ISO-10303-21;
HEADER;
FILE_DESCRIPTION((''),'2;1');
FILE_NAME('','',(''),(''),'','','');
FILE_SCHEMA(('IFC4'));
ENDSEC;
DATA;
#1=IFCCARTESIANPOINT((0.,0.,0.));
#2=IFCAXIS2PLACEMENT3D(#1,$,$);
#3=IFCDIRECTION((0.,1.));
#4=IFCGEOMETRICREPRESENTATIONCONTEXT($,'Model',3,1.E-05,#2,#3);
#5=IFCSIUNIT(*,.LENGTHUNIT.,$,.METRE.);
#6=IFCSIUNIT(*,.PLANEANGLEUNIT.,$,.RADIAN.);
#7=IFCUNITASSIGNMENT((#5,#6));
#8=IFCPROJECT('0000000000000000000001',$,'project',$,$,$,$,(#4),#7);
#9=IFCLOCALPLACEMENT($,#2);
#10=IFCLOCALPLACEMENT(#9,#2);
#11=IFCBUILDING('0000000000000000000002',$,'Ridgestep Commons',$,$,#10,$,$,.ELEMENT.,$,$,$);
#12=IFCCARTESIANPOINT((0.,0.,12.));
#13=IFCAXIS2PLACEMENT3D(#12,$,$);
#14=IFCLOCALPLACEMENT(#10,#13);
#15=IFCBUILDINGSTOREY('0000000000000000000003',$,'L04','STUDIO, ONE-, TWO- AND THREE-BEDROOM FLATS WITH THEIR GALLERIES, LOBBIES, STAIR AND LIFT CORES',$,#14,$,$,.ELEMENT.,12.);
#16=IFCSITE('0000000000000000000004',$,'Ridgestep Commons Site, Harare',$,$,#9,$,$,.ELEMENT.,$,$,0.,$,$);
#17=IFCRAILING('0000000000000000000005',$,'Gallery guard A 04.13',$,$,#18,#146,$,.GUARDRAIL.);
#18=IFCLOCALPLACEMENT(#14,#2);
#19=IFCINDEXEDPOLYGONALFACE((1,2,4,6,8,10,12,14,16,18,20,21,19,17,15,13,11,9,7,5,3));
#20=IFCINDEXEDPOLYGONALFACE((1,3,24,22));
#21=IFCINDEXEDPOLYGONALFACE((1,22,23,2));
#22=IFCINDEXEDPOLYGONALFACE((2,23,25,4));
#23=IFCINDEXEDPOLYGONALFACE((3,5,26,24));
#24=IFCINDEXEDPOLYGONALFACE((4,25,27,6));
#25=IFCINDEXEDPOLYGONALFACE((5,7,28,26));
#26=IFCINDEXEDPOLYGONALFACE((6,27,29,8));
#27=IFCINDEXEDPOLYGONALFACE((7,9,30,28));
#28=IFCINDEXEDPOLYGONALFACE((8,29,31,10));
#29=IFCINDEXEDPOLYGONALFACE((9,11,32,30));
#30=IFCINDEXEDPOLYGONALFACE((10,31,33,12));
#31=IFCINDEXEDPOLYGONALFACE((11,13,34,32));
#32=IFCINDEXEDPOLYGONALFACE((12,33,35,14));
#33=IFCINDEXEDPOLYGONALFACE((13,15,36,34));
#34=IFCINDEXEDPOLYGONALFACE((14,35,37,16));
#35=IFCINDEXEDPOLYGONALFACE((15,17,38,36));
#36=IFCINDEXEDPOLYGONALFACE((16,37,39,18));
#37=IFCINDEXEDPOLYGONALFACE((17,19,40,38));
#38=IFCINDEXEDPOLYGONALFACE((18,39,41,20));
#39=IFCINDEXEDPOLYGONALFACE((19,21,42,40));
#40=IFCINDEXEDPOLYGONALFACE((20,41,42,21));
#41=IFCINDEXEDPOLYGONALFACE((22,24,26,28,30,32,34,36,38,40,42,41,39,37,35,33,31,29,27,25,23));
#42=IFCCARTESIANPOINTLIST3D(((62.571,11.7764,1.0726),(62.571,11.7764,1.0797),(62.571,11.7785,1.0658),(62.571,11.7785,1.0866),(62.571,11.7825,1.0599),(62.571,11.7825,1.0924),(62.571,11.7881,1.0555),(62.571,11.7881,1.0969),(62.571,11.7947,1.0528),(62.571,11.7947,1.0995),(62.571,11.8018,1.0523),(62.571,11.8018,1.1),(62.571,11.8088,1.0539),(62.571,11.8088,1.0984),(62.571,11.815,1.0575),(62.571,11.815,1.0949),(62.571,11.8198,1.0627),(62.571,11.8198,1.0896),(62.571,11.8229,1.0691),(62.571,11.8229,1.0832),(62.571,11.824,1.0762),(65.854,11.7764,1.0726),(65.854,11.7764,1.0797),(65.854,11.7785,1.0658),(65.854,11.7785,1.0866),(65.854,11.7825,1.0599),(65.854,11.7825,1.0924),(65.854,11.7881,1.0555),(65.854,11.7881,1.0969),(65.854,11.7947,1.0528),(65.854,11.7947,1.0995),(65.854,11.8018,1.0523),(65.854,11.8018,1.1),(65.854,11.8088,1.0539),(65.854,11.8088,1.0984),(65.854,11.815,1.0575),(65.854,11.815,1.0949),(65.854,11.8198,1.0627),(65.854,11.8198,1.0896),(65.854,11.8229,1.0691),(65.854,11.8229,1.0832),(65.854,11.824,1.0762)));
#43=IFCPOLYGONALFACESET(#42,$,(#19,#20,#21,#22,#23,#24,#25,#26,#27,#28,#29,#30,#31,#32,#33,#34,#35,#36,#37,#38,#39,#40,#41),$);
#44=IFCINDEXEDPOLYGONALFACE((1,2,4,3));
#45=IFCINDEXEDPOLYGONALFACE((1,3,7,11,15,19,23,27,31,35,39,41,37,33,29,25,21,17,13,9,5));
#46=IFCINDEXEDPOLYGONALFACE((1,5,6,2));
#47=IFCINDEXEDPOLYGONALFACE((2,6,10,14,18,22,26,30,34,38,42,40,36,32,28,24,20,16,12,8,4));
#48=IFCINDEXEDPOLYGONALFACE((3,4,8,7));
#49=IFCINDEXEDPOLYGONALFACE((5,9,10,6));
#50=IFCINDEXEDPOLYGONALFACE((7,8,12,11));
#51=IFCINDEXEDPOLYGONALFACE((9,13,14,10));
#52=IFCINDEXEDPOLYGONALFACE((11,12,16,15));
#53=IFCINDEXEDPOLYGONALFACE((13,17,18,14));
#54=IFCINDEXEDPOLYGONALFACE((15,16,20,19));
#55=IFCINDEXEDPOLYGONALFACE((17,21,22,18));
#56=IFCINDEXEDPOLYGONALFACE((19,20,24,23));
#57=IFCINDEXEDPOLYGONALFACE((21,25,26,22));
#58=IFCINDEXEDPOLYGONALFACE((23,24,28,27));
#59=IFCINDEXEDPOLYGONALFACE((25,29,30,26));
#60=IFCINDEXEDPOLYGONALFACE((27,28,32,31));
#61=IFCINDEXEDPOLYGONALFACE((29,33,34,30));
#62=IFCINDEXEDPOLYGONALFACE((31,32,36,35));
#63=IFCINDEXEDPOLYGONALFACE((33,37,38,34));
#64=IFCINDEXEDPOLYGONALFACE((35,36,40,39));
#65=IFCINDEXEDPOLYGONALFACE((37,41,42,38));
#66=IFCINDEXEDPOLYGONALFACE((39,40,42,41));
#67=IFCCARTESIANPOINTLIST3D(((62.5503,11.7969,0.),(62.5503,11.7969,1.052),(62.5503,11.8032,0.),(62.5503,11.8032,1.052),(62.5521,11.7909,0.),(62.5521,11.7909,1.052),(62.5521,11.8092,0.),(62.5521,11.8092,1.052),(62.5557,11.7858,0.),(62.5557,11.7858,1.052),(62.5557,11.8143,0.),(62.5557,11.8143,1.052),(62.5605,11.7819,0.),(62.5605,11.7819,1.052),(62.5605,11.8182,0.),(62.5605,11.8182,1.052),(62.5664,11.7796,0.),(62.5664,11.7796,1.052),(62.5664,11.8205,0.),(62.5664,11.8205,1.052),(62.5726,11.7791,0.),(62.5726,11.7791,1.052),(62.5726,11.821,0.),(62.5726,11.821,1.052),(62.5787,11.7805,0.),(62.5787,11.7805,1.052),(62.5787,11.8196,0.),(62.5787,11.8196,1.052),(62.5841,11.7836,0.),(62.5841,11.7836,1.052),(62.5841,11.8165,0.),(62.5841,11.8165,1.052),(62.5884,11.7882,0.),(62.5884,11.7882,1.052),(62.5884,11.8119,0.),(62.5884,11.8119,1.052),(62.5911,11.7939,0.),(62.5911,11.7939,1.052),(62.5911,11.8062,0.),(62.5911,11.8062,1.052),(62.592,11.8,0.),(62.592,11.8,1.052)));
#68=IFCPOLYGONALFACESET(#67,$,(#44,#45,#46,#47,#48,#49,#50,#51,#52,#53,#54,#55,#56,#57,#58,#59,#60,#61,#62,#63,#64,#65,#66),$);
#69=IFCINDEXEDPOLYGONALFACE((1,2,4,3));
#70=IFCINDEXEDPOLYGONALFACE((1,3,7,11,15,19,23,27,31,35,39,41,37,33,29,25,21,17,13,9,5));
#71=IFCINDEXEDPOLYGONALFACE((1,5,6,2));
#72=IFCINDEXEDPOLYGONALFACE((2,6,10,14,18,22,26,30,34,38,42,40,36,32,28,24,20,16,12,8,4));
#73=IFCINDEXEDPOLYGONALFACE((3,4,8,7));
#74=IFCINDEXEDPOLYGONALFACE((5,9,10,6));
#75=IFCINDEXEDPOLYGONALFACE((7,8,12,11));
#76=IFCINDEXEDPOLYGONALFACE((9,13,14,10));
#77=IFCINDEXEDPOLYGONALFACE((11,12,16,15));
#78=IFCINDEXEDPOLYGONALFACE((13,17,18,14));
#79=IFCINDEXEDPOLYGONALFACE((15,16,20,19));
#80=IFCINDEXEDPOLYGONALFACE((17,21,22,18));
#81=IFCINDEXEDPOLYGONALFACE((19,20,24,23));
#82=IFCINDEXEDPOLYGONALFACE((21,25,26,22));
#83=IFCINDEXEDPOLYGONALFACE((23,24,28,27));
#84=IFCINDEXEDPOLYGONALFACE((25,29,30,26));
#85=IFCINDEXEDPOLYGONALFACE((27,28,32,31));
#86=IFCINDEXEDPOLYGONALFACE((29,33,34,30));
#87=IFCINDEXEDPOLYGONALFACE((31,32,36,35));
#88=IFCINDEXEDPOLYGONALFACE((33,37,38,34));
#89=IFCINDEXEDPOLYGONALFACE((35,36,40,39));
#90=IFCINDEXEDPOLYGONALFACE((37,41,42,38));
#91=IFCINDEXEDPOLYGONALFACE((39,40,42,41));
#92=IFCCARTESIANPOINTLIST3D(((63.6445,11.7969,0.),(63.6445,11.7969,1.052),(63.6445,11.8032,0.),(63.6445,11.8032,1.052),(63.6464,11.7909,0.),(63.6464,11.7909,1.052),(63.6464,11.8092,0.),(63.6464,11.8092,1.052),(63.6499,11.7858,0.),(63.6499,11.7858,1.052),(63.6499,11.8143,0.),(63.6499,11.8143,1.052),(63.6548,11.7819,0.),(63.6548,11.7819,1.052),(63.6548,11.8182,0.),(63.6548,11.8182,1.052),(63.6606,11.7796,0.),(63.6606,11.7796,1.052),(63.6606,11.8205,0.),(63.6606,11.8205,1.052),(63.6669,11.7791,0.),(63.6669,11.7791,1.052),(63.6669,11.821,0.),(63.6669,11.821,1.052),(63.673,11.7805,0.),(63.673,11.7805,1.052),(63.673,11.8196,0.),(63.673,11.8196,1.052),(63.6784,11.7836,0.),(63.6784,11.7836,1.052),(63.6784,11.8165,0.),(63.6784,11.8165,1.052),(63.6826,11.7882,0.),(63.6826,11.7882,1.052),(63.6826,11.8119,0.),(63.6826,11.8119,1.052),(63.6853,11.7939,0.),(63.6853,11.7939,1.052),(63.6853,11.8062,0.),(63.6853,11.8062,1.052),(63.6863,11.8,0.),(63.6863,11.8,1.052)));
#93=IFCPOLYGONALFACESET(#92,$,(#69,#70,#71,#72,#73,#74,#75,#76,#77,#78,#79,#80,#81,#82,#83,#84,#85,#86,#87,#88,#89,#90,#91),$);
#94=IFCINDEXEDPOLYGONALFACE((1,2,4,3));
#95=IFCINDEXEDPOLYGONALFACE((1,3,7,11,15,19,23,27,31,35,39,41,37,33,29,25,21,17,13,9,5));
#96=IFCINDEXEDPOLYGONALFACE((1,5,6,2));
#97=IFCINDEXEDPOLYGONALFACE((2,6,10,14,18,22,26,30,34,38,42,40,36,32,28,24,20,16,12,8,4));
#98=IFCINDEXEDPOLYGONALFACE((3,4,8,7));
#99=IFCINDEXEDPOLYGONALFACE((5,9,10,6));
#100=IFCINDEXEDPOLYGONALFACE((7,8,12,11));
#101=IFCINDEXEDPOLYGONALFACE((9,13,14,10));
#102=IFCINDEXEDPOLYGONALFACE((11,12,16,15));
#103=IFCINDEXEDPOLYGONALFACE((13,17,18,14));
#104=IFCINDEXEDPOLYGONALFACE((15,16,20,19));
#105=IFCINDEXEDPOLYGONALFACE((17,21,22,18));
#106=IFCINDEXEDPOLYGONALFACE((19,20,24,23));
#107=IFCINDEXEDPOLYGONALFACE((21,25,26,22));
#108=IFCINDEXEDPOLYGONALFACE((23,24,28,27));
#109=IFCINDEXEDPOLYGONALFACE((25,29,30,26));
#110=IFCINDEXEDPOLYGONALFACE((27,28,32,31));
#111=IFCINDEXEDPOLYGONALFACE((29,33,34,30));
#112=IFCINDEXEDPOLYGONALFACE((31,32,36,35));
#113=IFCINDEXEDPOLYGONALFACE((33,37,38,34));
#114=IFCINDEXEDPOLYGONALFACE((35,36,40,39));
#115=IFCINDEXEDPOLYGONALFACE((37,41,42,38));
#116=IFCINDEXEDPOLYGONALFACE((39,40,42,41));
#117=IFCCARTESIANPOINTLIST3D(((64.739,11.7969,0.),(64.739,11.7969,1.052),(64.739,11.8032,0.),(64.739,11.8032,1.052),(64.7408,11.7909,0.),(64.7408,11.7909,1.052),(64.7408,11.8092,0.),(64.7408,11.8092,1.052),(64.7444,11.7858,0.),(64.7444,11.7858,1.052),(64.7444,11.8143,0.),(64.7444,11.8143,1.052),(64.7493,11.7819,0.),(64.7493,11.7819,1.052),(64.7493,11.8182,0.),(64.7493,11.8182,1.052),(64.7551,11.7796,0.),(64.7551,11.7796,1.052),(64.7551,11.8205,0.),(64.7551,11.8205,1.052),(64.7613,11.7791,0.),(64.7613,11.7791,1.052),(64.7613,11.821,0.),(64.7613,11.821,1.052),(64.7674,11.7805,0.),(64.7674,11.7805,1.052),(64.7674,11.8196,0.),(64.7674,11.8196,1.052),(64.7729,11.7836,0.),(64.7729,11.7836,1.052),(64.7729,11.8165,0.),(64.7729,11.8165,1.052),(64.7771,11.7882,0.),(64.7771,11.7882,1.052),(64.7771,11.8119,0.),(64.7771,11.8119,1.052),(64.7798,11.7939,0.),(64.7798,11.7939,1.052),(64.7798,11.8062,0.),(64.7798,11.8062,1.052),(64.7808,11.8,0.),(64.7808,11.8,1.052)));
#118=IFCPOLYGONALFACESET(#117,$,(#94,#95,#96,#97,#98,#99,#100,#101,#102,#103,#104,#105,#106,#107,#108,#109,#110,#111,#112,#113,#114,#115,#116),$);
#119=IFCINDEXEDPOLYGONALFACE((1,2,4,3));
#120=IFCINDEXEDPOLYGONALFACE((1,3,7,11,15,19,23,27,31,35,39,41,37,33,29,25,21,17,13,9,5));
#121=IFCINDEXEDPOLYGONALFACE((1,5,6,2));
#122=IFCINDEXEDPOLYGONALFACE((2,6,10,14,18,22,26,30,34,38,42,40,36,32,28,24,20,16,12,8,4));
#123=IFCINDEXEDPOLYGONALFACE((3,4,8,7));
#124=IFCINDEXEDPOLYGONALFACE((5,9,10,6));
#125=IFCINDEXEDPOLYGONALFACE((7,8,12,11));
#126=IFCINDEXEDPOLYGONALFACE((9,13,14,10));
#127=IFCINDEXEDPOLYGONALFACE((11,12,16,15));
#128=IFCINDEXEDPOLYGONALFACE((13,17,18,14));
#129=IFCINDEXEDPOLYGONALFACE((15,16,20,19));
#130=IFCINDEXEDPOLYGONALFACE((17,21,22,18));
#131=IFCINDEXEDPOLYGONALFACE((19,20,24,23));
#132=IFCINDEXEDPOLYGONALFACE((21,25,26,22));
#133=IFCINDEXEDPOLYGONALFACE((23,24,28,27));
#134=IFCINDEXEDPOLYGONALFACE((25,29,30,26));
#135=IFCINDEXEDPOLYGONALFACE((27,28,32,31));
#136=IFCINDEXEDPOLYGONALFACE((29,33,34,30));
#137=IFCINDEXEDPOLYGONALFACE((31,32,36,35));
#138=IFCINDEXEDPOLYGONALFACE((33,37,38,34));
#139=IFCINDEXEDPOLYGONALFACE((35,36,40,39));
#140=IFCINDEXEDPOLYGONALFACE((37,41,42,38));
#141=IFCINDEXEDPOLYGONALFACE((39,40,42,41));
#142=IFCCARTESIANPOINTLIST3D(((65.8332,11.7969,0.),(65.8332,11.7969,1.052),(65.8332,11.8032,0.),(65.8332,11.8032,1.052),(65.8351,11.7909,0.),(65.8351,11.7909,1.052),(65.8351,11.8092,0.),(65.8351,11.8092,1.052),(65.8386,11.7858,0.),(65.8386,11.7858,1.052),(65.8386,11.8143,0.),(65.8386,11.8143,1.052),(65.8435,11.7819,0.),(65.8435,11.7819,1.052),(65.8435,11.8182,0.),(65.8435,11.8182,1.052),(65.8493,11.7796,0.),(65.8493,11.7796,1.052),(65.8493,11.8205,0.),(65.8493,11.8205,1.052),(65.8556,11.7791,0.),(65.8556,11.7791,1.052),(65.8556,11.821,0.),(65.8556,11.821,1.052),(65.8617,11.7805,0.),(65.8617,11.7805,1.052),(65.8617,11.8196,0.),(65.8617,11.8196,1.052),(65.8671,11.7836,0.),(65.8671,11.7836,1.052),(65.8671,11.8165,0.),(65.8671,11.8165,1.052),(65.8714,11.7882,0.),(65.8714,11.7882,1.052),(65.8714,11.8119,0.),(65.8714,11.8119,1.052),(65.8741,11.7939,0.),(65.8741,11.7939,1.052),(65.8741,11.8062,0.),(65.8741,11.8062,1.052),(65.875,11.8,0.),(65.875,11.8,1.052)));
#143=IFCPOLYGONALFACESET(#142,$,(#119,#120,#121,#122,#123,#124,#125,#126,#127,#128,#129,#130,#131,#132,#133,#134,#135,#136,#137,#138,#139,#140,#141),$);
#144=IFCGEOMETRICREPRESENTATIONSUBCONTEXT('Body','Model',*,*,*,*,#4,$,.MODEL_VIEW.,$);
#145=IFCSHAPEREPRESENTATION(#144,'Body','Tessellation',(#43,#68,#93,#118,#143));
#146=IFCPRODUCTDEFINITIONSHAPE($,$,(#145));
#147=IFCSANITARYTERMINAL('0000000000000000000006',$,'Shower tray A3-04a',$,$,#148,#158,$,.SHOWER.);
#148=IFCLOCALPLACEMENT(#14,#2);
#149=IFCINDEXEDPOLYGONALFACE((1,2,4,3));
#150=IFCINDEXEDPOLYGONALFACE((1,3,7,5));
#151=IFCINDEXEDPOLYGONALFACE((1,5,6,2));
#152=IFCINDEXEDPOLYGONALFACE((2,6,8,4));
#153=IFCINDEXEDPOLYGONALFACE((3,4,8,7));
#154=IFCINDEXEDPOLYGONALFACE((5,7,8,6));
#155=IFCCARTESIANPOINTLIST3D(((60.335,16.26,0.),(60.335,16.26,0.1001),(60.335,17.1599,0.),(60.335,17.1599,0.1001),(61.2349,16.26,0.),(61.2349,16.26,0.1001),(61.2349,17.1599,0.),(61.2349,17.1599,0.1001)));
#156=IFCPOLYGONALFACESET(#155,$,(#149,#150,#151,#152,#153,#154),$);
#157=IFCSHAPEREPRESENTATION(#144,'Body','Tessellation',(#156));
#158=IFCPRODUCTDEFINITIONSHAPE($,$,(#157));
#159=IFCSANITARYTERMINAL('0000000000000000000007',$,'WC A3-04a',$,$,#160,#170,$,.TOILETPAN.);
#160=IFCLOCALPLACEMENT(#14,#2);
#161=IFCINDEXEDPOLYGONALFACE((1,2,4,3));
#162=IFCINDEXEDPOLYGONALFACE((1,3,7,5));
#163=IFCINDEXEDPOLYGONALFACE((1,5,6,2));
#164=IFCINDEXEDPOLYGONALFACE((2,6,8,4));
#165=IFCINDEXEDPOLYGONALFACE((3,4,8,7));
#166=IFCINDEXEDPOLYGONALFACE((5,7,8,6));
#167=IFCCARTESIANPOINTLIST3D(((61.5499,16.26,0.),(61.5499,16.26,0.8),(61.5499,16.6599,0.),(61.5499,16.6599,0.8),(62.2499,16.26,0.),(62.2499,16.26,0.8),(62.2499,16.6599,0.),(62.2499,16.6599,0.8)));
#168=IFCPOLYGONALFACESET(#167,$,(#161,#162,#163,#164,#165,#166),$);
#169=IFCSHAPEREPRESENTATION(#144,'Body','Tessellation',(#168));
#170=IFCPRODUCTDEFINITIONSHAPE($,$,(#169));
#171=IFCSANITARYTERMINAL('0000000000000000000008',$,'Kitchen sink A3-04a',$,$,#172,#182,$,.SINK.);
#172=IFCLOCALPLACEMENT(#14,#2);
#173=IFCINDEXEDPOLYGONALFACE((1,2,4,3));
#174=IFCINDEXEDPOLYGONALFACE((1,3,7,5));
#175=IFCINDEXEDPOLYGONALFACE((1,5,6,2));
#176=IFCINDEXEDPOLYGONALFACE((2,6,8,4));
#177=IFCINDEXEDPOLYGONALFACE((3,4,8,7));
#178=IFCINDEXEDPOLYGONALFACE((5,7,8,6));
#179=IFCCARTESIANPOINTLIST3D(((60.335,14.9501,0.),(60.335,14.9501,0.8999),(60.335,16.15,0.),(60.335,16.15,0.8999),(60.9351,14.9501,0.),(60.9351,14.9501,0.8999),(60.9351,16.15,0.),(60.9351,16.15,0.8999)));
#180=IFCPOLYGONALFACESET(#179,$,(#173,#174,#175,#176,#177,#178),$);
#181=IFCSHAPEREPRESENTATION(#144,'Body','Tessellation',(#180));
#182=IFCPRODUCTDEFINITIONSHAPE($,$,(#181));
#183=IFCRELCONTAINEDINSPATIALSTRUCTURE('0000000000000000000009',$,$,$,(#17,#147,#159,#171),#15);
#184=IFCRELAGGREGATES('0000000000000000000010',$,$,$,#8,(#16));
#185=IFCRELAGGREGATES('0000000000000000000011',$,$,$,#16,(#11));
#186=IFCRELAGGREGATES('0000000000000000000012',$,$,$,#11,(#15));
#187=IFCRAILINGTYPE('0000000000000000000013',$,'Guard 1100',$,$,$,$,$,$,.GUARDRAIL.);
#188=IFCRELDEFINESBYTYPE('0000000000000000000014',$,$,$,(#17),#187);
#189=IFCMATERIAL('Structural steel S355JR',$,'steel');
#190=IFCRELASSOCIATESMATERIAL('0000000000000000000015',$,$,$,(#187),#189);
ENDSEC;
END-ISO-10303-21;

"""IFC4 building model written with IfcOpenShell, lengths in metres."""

from ifc_helpers import new_model, si_unit, direction, frame, origin, origin_2d, place, context, subcontext, project, spatial, rectangle, circle, extrude, material, type_object, element, save


model = new_model("IFC4")

# Units and contexts
model_context = context("Model", 3, precision=1e-05, world=origin(), true_north=direction((0.0, 1.0)))
body_context = subcontext(model_context, "Body", "Model", "MODEL_VIEW")
ifc_project = project(units=[si_unit("LENGTHUNIT", "METRE"), si_unit("PLANEANGLEUNIT", "RADIAN")], contexts=[model_context])

# Site, building, storey
site_placement = place(None, origin())
site = spatial("IfcSite", under=ifc_project, at=site_placement, Name="Ridgestep Commons Site, Harare", CompositionType="ELEMENT", RefElevation=0.0)
building_placement = place(site_placement, origin())
building = spatial("IfcBuilding", under=site, at=building_placement, Name="Ridgestep Commons", CompositionType="ELEMENT")
storey_placement = place(building_placement, frame((0.0, 0.0, 12.0)))
storey = spatial("IfcBuildingStorey", under=building, at=storey_placement, Name="L04", Description="STUDIO, ONE-, TWO- AND THREE-BEDROOM FLATS WITH THEIR GALLERIES, LOBBIES, STAIR AND LIFT CORES", CompositionType="ELEMENT", Elevation=12.0)

# Railing
ifc_material_1 = material(Name="Structural steel S355JR", Category="steel")
railing_type = type_object("IfcRailingType", Name="Guard 1100", PredefinedType="GUARDRAIL", material=ifc_material_1)
for number, where, name in (
    (1, (62.571, 11.8, 0.0), "Gallery guard A 04.13"),
):
    element("IfcRailing", number, at=place(storey_placement, frame(where)), inside=storey, type_object=railing_type, Name=name, PredefinedType="GUARDRAIL", context=body_context, shape_type="SweptSolid", body=[
        extrude(circle(Radius=0.0239, at=origin_2d()), frame((0.0, 0.0, 1.0762), z_axis=(1.0, 0.0, 0.0), x_axis=(0.0, 1.0, 0.0)), (0.0, 0.0, 1.0), 3.283),
        extrude(circle(Radius=0.021, at=origin_2d()), origin(), (0.0, 0.0, 1.0), 1.052),
        extrude(circle(Radius=0.021, at=origin_2d()), frame((1.0942, 0.0, 0.0)), (0.0, 0.0, 1.0), 1.052),
        extrude(circle(Radius=0.021, at=origin_2d()), frame((2.1887, 0.0, 0.0)), (0.0, 0.0, 1.0), 1.052),
        extrude(circle(Radius=0.021, at=origin_2d()), frame((3.283, 0.0, 0.0)), (0.0, 0.0, 1.0), 1.052),
    ])

# Sanitary terminals
sanitary_terminal_1_placement = place(storey_placement, frame((60.7849, 16.71, 0.0), z_axis=(0.0, 0.0, 1.0), x_axis=(1.0, 0.0, 0.0)))
element("IfcSanitaryTerminal", 2, at=sanitary_terminal_1_placement, inside=storey, Name="Shower tray A3-04a", PredefinedType="SHOWER", context=body_context, shape_type="SweptSolid", body=[
    extrude(rectangle(XDim=0.8999, YDim=0.8999, at=origin_2d()), origin(), (0.0, 0.0, 1.0), 0.1001),
])
sanitary_terminal_2_placement = place(storey_placement, frame((61.8999, 16.46, 0.0), z_axis=(0.0, 0.0, 1.0), x_axis=(1.0, 0.0, 0.0)))
element("IfcSanitaryTerminal", 3, at=sanitary_terminal_2_placement, inside=storey, Name="WC A3-04a", PredefinedType="TOILETPAN", context=body_context, shape_type="SweptSolid", body=[
    extrude(rectangle(XDim=0.7, YDim=0.3999, at=origin_2d()), origin(), (0.0, 0.0, 1.0), 0.8),
])
sanitary_terminal_3_placement = place(storey_placement, frame((60.635, 15.55, 0.0), z_axis=(0.0, 0.0, 1.0), x_axis=(1.0, 0.0, 0.0)))
element("IfcSanitaryTerminal", 4, at=sanitary_terminal_3_placement, inside=storey, Name="Kitchen sink A3-04a", PredefinedType="SINK", context=body_context, shape_type="SweptSolid", body=[
    extrude(rectangle(XDim=0.6001, YDim=1.2, at=origin_2d()), origin(), (0.0, 0.0, 1.0), 0.8999),
])

save(model, "model.ifc")
